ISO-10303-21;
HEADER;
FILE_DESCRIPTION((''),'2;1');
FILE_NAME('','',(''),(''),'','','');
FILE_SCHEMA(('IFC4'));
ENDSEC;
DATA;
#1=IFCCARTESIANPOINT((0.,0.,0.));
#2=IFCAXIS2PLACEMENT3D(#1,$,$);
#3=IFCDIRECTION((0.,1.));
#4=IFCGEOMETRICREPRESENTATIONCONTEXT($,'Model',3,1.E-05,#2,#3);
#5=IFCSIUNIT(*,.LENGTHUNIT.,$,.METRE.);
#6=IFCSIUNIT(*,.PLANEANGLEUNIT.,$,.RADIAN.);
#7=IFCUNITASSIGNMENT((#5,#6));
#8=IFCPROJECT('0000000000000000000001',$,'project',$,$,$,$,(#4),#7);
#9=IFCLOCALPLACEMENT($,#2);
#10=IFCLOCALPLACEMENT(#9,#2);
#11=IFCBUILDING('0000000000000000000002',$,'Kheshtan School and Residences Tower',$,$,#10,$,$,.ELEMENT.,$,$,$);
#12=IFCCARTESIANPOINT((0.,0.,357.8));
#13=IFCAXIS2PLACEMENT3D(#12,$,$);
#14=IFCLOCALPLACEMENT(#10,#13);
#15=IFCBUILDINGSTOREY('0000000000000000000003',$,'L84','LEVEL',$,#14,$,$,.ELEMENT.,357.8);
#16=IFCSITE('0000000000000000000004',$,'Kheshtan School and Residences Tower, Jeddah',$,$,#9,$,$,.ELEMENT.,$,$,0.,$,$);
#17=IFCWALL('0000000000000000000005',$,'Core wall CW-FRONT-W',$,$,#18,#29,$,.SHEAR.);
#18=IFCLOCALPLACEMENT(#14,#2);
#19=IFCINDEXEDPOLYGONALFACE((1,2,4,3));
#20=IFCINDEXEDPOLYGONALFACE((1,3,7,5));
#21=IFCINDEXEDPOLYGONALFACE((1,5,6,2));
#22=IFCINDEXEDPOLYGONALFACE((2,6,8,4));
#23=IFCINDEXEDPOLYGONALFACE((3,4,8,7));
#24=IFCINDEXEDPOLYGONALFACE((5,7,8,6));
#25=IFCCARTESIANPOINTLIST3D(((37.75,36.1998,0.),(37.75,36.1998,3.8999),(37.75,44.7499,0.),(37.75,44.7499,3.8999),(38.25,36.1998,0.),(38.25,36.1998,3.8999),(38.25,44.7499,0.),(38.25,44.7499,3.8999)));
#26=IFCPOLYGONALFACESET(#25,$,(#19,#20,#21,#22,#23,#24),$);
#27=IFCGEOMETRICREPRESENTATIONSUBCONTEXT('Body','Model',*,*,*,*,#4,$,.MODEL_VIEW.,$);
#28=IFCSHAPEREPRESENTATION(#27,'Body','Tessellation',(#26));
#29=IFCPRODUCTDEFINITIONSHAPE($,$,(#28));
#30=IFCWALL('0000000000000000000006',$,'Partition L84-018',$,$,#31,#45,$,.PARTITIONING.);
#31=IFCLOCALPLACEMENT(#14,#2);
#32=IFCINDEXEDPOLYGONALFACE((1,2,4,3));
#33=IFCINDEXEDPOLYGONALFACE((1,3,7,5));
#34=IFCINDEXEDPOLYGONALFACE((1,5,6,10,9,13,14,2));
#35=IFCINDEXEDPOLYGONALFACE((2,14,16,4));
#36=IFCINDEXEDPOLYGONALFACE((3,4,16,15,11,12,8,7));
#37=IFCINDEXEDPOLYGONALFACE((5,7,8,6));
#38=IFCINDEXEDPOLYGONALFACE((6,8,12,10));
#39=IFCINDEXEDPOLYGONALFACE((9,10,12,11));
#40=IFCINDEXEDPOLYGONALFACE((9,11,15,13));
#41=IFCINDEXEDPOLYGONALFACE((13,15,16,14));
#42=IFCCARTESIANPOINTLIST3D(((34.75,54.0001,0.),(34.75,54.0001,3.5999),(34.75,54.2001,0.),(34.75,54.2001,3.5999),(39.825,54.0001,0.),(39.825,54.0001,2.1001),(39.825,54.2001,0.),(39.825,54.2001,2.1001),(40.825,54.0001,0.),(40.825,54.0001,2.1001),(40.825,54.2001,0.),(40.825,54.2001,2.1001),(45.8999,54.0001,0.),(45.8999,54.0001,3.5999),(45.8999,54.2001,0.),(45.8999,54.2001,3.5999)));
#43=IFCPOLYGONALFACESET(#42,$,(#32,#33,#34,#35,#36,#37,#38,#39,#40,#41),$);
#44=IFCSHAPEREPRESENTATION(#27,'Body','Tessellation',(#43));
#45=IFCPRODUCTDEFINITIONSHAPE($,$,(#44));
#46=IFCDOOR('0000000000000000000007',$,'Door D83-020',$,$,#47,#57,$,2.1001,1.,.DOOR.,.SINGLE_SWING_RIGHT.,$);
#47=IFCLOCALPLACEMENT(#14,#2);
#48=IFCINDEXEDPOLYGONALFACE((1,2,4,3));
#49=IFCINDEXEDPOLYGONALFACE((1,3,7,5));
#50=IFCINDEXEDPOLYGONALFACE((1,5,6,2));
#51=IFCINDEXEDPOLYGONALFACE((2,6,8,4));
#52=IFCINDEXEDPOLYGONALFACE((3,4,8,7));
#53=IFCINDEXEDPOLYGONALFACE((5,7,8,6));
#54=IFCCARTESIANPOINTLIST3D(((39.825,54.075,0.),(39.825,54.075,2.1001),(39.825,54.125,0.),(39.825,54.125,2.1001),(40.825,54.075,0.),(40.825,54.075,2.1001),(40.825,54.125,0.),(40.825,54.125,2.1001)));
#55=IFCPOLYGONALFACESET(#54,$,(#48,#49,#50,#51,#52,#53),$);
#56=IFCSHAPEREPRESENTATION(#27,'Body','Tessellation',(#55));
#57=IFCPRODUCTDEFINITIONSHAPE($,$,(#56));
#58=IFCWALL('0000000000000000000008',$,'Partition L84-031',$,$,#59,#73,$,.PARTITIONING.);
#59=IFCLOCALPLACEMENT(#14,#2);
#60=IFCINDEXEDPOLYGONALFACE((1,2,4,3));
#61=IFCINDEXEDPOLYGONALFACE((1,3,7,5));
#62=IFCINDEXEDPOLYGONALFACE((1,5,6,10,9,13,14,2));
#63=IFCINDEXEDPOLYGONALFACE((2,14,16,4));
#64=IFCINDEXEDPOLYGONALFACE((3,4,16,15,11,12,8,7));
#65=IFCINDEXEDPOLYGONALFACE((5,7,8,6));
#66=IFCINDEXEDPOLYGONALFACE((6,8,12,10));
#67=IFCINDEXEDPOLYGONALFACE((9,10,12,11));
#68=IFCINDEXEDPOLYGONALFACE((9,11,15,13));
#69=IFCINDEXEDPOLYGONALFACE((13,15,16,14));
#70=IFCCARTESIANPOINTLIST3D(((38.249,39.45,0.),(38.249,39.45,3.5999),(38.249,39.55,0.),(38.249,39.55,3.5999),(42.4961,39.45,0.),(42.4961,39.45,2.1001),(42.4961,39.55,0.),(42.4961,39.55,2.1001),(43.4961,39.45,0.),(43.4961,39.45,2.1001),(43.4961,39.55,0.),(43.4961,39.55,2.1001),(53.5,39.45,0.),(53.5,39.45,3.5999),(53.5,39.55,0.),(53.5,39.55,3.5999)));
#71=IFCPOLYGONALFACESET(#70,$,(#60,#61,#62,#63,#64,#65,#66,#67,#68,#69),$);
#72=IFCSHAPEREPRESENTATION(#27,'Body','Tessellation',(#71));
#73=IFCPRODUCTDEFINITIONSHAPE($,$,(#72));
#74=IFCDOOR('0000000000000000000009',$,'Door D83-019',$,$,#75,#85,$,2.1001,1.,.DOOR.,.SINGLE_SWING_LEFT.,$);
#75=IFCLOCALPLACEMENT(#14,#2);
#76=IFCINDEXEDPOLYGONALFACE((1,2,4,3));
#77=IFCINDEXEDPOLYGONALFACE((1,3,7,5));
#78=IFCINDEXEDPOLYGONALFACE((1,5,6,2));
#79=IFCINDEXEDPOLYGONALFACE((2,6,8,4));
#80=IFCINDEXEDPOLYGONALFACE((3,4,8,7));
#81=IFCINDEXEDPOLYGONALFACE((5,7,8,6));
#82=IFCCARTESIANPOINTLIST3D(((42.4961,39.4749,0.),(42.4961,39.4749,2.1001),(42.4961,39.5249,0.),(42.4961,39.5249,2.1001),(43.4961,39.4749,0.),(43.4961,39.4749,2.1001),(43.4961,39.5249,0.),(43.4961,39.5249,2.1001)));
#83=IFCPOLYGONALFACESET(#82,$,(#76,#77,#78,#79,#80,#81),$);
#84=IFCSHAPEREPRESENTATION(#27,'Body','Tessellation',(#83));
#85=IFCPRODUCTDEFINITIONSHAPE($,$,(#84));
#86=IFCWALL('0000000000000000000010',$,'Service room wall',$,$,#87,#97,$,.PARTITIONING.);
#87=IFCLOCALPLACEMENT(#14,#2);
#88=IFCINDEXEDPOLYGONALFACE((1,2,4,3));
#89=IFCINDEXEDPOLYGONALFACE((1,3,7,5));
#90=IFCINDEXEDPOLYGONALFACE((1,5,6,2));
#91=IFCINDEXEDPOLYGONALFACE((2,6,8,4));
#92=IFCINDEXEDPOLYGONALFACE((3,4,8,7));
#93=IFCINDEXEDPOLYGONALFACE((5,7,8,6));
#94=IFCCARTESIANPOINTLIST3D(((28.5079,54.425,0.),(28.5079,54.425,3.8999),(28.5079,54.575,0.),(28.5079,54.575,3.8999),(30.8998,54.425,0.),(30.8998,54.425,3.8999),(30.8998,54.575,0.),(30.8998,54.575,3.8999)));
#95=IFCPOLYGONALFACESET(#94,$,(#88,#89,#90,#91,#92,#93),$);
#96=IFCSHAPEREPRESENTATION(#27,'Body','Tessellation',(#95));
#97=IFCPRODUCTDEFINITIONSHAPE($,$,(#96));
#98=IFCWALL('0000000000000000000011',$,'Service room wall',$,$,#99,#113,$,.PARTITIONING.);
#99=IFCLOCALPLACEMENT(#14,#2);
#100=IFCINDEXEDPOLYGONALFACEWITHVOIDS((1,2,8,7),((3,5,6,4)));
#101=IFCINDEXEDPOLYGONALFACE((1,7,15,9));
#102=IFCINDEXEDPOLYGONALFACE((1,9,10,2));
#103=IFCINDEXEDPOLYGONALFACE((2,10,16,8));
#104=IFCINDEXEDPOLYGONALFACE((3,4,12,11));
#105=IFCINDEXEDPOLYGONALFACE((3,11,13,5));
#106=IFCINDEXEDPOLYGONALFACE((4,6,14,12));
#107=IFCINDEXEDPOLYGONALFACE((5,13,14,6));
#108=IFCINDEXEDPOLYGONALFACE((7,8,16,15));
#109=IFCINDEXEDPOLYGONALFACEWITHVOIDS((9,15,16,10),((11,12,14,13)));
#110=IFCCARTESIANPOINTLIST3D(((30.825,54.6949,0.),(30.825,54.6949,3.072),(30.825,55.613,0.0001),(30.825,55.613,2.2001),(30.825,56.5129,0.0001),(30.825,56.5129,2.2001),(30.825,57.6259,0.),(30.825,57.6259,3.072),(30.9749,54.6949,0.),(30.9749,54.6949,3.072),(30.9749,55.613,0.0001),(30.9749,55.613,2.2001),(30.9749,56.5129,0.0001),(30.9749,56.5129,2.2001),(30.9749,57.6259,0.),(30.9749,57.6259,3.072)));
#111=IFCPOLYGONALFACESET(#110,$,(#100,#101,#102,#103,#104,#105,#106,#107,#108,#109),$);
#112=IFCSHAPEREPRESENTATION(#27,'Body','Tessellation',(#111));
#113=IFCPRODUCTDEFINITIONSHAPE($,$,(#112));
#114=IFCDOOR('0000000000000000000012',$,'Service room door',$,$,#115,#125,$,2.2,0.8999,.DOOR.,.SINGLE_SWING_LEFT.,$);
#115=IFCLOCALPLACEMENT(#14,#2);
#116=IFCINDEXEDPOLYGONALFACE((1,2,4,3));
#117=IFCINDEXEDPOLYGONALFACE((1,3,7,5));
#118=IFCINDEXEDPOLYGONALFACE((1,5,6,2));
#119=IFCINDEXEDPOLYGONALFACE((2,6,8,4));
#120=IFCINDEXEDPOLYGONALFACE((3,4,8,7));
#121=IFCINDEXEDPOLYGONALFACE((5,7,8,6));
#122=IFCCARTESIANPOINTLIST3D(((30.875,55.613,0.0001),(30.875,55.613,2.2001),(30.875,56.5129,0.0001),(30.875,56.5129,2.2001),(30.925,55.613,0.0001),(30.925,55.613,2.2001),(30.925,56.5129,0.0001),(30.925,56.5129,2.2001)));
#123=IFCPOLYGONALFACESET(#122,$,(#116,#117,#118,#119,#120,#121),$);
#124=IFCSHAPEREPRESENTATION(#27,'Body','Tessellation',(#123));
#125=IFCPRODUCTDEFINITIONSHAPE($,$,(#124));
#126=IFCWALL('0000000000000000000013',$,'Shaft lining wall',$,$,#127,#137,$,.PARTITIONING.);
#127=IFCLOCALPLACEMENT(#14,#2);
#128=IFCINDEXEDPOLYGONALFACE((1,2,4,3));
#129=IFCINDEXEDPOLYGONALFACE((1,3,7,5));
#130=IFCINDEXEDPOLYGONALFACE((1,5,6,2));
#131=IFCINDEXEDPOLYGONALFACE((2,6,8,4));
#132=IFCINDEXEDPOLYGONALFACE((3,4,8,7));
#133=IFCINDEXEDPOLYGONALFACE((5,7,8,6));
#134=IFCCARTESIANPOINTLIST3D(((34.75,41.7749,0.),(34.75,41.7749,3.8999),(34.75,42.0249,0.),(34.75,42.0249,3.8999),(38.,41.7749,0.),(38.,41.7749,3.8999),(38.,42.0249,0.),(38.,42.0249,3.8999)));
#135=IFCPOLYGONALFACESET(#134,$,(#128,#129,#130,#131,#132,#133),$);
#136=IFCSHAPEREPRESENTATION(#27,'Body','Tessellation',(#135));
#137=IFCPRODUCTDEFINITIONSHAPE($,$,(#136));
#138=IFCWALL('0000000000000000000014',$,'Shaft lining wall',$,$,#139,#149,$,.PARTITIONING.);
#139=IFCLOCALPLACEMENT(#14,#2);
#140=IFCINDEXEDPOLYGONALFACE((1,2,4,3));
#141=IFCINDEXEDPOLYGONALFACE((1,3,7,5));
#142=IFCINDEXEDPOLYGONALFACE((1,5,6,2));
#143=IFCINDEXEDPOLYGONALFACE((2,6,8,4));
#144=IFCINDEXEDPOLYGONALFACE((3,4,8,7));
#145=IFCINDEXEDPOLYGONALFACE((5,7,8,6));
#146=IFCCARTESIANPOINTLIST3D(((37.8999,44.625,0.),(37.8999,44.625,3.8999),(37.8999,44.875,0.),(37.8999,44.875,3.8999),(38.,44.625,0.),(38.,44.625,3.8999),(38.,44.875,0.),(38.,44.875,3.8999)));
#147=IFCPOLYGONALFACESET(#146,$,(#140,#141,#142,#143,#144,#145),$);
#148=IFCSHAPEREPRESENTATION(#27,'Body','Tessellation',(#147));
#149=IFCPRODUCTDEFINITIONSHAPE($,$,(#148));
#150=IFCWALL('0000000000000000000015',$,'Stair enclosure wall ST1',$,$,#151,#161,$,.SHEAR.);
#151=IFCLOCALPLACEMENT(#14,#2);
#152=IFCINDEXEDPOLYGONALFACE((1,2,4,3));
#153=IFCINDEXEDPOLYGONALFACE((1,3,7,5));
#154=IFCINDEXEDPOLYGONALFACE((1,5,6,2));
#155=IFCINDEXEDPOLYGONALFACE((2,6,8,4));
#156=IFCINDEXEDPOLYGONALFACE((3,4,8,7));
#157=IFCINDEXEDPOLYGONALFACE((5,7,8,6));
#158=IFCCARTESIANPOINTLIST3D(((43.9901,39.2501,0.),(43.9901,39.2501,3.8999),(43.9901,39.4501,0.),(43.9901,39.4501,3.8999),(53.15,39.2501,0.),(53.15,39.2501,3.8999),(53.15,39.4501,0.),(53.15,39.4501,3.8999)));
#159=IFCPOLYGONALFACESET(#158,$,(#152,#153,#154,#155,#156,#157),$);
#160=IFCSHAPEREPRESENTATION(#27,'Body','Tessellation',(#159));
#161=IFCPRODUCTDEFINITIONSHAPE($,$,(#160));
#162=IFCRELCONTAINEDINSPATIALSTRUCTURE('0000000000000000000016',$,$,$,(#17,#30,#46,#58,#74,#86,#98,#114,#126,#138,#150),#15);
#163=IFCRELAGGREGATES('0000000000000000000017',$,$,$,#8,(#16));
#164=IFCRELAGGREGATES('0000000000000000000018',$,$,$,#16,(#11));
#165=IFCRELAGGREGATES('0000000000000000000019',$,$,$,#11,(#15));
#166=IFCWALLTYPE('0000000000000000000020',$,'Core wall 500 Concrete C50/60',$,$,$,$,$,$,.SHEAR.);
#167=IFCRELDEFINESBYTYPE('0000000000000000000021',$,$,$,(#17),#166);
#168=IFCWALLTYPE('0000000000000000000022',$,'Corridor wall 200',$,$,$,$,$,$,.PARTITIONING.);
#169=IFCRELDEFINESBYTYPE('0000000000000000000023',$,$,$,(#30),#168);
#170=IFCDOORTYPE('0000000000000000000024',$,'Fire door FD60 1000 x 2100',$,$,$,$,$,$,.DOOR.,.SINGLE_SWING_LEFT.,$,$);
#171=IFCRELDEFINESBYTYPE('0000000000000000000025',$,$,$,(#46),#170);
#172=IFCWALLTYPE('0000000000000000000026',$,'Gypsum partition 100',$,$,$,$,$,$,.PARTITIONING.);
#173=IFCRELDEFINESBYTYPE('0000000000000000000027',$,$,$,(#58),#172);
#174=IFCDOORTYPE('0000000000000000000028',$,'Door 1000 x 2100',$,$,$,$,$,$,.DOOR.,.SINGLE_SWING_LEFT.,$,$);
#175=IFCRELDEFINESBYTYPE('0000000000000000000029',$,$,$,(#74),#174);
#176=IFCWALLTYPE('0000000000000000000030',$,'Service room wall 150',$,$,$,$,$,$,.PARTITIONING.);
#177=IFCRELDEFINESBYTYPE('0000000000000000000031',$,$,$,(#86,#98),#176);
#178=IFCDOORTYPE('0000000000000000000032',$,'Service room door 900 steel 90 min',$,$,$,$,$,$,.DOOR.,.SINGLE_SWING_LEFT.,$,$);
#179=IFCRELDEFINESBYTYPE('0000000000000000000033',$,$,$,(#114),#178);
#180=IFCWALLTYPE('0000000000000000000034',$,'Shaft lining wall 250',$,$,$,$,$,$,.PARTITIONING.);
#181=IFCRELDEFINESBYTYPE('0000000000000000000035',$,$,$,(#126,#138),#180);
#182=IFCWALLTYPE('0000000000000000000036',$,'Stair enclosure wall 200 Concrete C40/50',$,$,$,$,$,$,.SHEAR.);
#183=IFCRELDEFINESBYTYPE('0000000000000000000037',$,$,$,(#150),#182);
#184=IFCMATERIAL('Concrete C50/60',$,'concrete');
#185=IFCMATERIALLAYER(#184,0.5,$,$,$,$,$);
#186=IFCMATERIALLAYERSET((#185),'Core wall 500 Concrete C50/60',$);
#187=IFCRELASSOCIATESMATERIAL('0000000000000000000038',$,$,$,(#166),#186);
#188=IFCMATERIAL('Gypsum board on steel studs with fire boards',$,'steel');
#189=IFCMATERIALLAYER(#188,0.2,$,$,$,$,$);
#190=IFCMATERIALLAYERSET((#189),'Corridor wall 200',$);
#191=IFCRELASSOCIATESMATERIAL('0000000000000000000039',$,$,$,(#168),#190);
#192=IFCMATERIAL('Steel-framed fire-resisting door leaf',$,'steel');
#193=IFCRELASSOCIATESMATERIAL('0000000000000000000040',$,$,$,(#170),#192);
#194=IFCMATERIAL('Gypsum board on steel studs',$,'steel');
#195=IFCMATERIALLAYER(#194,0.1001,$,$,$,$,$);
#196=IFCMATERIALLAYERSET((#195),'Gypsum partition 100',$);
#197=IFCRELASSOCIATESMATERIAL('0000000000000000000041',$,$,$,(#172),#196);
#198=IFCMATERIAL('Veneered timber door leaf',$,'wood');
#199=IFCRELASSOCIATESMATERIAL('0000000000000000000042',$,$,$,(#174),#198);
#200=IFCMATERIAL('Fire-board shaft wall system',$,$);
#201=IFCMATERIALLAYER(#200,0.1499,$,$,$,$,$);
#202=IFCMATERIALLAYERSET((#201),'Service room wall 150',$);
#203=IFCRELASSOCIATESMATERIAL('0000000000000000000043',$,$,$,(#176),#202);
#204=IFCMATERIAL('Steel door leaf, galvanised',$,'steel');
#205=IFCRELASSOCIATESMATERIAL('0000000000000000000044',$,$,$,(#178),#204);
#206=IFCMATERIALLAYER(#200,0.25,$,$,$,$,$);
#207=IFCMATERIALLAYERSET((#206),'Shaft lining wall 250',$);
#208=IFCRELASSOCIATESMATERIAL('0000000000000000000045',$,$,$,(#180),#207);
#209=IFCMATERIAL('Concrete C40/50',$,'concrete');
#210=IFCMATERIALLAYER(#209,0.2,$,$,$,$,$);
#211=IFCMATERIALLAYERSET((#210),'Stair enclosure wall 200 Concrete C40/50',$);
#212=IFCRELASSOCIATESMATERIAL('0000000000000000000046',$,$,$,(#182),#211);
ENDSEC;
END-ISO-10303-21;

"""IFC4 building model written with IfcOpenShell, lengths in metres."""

from ifc_helpers import new_model, si_unit, direction, frame, frame_2d, origin, place, context, subcontext, project, spatial, rectangle, extrude, source, transform, mapped, material, layer, layer_set, type_object, element, fill, save


model = new_model("IFC4")

# Units and contexts
model_context = context("Model", 3, precision=1e-05, world=origin(), true_north=direction((0.0, 1.0)))
body_context = subcontext(model_context, "Body", "Model", "MODEL_VIEW")
ifc_project = project(units=[si_unit("LENGTHUNIT", "METRE"), si_unit("PLANEANGLEUNIT", "RADIAN")], contexts=[model_context])

# Site, building, storey
site_placement = place(None, origin())
site = spatial("IfcSite", under=ifc_project, at=site_placement, Name="Kheshtan School and Residences Tower, Jeddah", CompositionType="ELEMENT", RefElevation=0.0)
building_placement = place(site_placement, origin())
building = spatial("IfcBuilding", under=site, at=building_placement, Name="Kheshtan School and Residences Tower", CompositionType="ELEMENT")
storey_placement = place(building_placement, frame((0.0, 0.0, 357.8)))
storey = spatial("IfcBuildingStorey", under=building, at=storey_placement, Name="L84", Description="LEVEL", CompositionType="ELEMENT", Elevation=357.8)

# Wall
ifc_material_1 = material(Name="Concrete C50/60", Category="concrete")
ifc_layer_1 = layer(ifc_material_1, 0.5)
ifc_layer_set_1 = layer_set([ifc_layer_1], Name="Core wall 500 Concrete C50/60")
wall_type_1 = type_object("IfcWallType", Name="Core wall 500 Concrete C50/60", PredefinedType="SHEAR", material=ifc_layer_set_1)
wall_1_placement = place(storey_placement, frame((38.0, 36.2, 0.0), z_axis=(0.0, 0.0, 1.0), x_axis=(0.0, 1.0, 0.0)))
element("IfcWall", 1, at=wall_1_placement, inside=storey, type_object=wall_type_1, Name="Core wall CW-FRONT-W", PredefinedType="SHEAR", context=body_context, shape_type="SweptSolid", body=[
    extrude(rectangle(XDim=8.55, YDim=0.5, at=frame_2d((4.2749, 0.0))), origin(), (0.0, 0.0, 1.0), 3.8999),
])

# Walls, openings, doors
ifc_material_2 = material(Name="Gypsum board on steel studs with fire boards", Category="steel")
ifc_layer_2 = layer(ifc_material_2, 0.2)
ifc_layer_set_2 = layer_set([ifc_layer_2], Name="Corridor wall 200")
wall_type_2 = type_object("IfcWallType", Name="Corridor wall 200", PredefinedType="PARTITIONING", material=ifc_layer_set_2)
wall_2_placement = place(storey_placement, frame((34.75, 54.1001, 0.0), z_axis=(0.0, 0.0, 1.0), x_axis=(1.0, 0.0, 0.0)))
wall_2 = element("IfcWall", 2, at=wall_2_placement, inside=storey, type_object=wall_type_2, Name="Partition L84-018", PredefinedType="PARTITIONING", context=body_context, shape_type="SweptSolid", body=[
    extrude(rectangle(XDim=11.1499, YDim=0.2, at=frame_2d((5.575, 0.0))), origin(), (0.0, 0.0, 1.0), 3.5999),
])
opening_1_placement = place(wall_2_placement, frame((5.075, 0.0, 0.0)))
opening_1 = element("IfcOpeningElement", 3, at=opening_1_placement, cuts=wall_2, PredefinedType="OPENING", context=body_context, shape_type="SweptSolid", body=[
    extrude(rectangle(XDim=1.0, YDim=2.1001, at=frame_2d((0.5, 1.05))), frame((0.0, 0.1099, 0.0), z_axis=(0.0, -1.0, 0.0), x_axis=(1.0, 0.0, 0.0)), (0.0, 0.0, 1.0), 0.22),
])
ifc_material_3 = material(Name="Steel-framed fire-resisting door leaf", Category="steel")
door_type_1 = type_object("IfcDoorType", Name="Fire door FD60 1000 x 2100", OperationType="SINGLE_SWING_LEFT", PredefinedType="DOOR", material=ifc_material_3)
shared_shape_1 = source(origin(), body_context, "Body", "SweptSolid", [
    extrude(rectangle(XDim=1.0, YDim=2.1001, at=frame_2d((0.5, 1.05))), frame((0.0, 0.0249, 0.0), z_axis=(0.0, -1.0, 0.0), x_axis=(1.0, 0.0, 0.0)), (0.0, 0.0, 1.0), 0.05),
])
door_1_placement = place(opening_1_placement, origin())
door_1 = element("IfcDoor", 4, at=door_1_placement, inside=storey, type_object=door_type_1, Name="Door D83-020", OperationType="SINGLE_SWING_RIGHT", OverallHeight=2.1001, OverallWidth=1.0, PredefinedType="DOOR", context=body_context, shape_type="MappedRepresentation", body=[
    mapped(shared_shape_1, transform((0.0, 0.0, 0.0), x_axis=(1.0, 0.0, 0.0), y_axis=(0.0, 1.0, 0.0), z_axis=(0.0, 0.0, 1.0), scale=1.0)),
])
fill(opening_1, door_1)
ifc_material_4 = material(Name="Gypsum board on steel studs", Category="steel")
ifc_layer_3 = layer(ifc_material_4, 0.1001)
ifc_layer_set_3 = layer_set([ifc_layer_3], Name="Gypsum partition 100")
wall_type_3 = type_object("IfcWallType", Name="Gypsum partition 100", PredefinedType="PARTITIONING", material=ifc_layer_set_3)
wall_3_placement = place(storey_placement, frame((38.249, 39.5, 0.0), z_axis=(0.0, 0.0, 1.0), x_axis=(1.0, 0.0, 0.0)))
wall_3 = element("IfcWall", 5, at=wall_3_placement, inside=storey, type_object=wall_type_3, Name="Partition L84-031", PredefinedType="PARTITIONING", context=body_context, shape_type="SweptSolid", body=[
    extrude(rectangle(XDim=15.251, YDim=0.1001, at=frame_2d((7.6255, 0.0))), origin(), (0.0, 0.0, 1.0), 3.5999),
])
opening_2_placement = place(wall_3_placement, frame((4.2471, 0.0, 0.0)))
opening_2 = element("IfcOpeningElement", 6, at=opening_2_placement, cuts=wall_3, PredefinedType="OPENING", context=body_context, shape_type="SweptSolid", body=[
    extrude(rectangle(XDim=1.0, YDim=2.1001, at=frame_2d((0.5, 1.05))), frame((0.0, 0.0601, 0.0), z_axis=(0.0, -1.0, 0.0), x_axis=(1.0, 0.0, 0.0)), (0.0, 0.0, 1.0), 0.1201),
])
ifc_material_5 = material(Name="Veneered timber door leaf", Category="wood")
door_type_2 = type_object("IfcDoorType", Name="Door 1000 x 2100", OperationType="SINGLE_SWING_LEFT", PredefinedType="DOOR", material=ifc_material_5)
shared_shape_2 = source(origin(), body_context, "Body", "SweptSolid", [
    extrude(rectangle(XDim=1.0, YDim=2.1001, at=frame_2d((0.5, 1.05))), frame((0.0, 0.0249, 0.0), z_axis=(0.0, -1.0, 0.0), x_axis=(1.0, 0.0, 0.0)), (0.0, 0.0, 1.0), 0.05),
])
door_2_placement = place(opening_2_placement, origin())
door_2 = element("IfcDoor", 7, at=door_2_placement, inside=storey, type_object=door_type_2, Name="Door D83-019", OperationType="SINGLE_SWING_LEFT", OverallHeight=2.1001, OverallWidth=1.0, PredefinedType="DOOR", context=body_context, shape_type="MappedRepresentation", body=[
    mapped(shared_shape_2, transform((0.0, 0.0, 0.0), x_axis=(1.0, 0.0, 0.0), y_axis=(0.0, 1.0, 0.0), z_axis=(0.0, 0.0, 1.0), scale=1.0)),
])
fill(opening_2, door_2)

# Wall
ifc_material_6 = material(Name="Fire-board shaft wall system")
ifc_layer_4 = layer(ifc_material_6, 0.1499)
ifc_layer_set_4 = layer_set([ifc_layer_4], Name="Service room wall 150")
wall_type_4 = type_object("IfcWallType", Name="Service room wall 150", PredefinedType="PARTITIONING", material=ifc_layer_set_4)
wall_4_placement = place(storey_placement, frame((28.5081, 54.5, 0.0), z_axis=(0.0, 0.0, 1.0), x_axis=(1.0, 0.0, 0.0)))
element("IfcWall", 8, at=wall_4_placement, inside=storey, type_object=wall_type_4, Name="Service room wall", PredefinedType="PARTITIONING", context=body_context, shape_type="SweptSolid", body=[
    extrude(rectangle(XDim=2.3918, YDim=0.1499, at=frame_2d((1.1958, 0.0))), origin(), (0.0, 0.0, 1.0), 3.8999),
])

# Wall, opening, door
wall_5_placement = place(storey_placement, frame((30.8999, 54.6951, 0.0), z_axis=(0.0, 0.0, 1.0), x_axis=(0.0, 1.0, 0.0)))
wall_5 = element("IfcWall", 9, at=wall_5_placement, inside=storey, type_object=wall_type_4, Name="Service room wall", PredefinedType="PARTITIONING", context=body_context, shape_type="SweptSolid", body=[
    extrude(rectangle(XDim=2.9309, YDim=0.1499, at=frame_2d((1.4653, 0.0))), origin(), (0.0, 0.0, 1.0), 3.072),
])
opening_3_placement = place(wall_5_placement, frame((0.918, 0.0, 0.0)))
opening_3 = element("IfcOpeningElement", 10, at=opening_3_placement, cuts=wall_5, PredefinedType="OPENING", context=body_context, shape_type="SweptSolid", body=[
    extrude(rectangle(XDim=0.8999, YDim=2.2, at=frame_2d((0.45, 1.1001))), frame((0.0, 0.085, 0.0), z_axis=(0.0, -1.0, 0.0), x_axis=(1.0, 0.0, 0.0)), (0.0, 0.0, 1.0), 0.1699),
])
ifc_material_7 = material(Name="Steel door leaf, galvanised", Category="steel")
door_type_3 = type_object("IfcDoorType", Name="Service room door 900 steel 90 min", OperationType="SINGLE_SWING_LEFT", PredefinedType="DOOR", material=ifc_material_7)
shared_shape_3 = source(origin(), body_context, "Body", "SweptSolid", [
    extrude(rectangle(XDim=0.8999, YDim=2.2, at=frame_2d((0.45, 1.1001))), frame((0.0, 0.0249, 0.0), z_axis=(0.0, -1.0, 0.0), x_axis=(1.0, 0.0, 0.0)), (0.0, 0.0, 1.0), 0.05),
])
door_3_placement = place(opening_3_placement, origin())
door_3 = element("IfcDoor", 11, at=door_3_placement, inside=storey, type_object=door_type_3, Name="Service room door", OperationType="SINGLE_SWING_LEFT", OverallHeight=2.2, OverallWidth=0.8999, PredefinedType="DOOR", context=body_context, shape_type="MappedRepresentation", body=[
    mapped(shared_shape_3, transform((0.0, 0.0, 0.0), x_axis=(1.0, 0.0, 0.0), y_axis=(0.0, 1.0, 0.0), z_axis=(0.0, 0.0, 1.0), scale=1.0)),
])
fill(opening_3, door_3)

# Walls
ifc_layer_5 = layer(ifc_material_6, 0.25)
ifc_layer_set_5 = layer_set([ifc_layer_5], Name="Shaft lining wall 250")
wall_type_5 = type_object("IfcWallType", Name="Shaft lining wall 250", PredefinedType="PARTITIONING", material=ifc_layer_set_5)
wall_6_placement = place(storey_placement, frame((34.75, 41.8999, 0.0), z_axis=(0.0, 0.0, 1.0), x_axis=(1.0, 0.0, 0.0)))
element("IfcWall", 12, at=wall_6_placement, inside=storey, type_object=wall_type_5, Name="Shaft lining wall", PredefinedType="PARTITIONING", context=body_context, shape_type="SweptSolid", body=[
    extrude(rectangle(XDim=3.25, YDim=0.25, at=frame_2d((1.625, 0.0))), origin(), (0.0, 0.0, 1.0), 3.8999),
])
wall_7_placement = place(storey_placement, frame((37.8999, 44.75, 0.0), z_axis=(0.0, 0.0, 1.0), x_axis=(1.0, 0.0, 0.0)))
element("IfcWall", 13, at=wall_7_placement, inside=storey, type_object=wall_type_5, Name="Shaft lining wall", PredefinedType="PARTITIONING", context=body_context, shape_type="SweptSolid", body=[
    extrude(rectangle(XDim=0.1001, YDim=0.25, at=frame_2d((0.05, 0.0))), origin(), (0.0, 0.0, 1.0), 3.8999),
])
ifc_material_8 = material(Name="Concrete C40/50", Category="concrete")
ifc_layer_6 = layer(ifc_material_8, 0.2)
ifc_layer_set_6 = layer_set([ifc_layer_6], Name="Stair enclosure wall 200 Concrete C40/50")
wall_type_6 = type_object("IfcWallType", Name="Stair enclosure wall 200 Concrete C40/50", PredefinedType="SHEAR", material=ifc_layer_set_6)
wall_8_placement = place(storey_placement, frame((43.99, 39.3501, 0.0), z_axis=(0.0, 0.0, 1.0), x_axis=(1.0, 0.0, 0.0)))
element("IfcWall", 14, at=wall_8_placement, inside=storey, type_object=wall_type_6, Name="Stair enclosure wall ST1", PredefinedType="SHEAR", context=body_context, shape_type="SweptSolid", body=[
    extrude(rectangle(XDim=9.1599, YDim=0.2, at=frame_2d((4.5801, 0.0))), origin(), (0.0, 0.0, 1.0), 3.8999),
])

save(model, "model.ifc")
